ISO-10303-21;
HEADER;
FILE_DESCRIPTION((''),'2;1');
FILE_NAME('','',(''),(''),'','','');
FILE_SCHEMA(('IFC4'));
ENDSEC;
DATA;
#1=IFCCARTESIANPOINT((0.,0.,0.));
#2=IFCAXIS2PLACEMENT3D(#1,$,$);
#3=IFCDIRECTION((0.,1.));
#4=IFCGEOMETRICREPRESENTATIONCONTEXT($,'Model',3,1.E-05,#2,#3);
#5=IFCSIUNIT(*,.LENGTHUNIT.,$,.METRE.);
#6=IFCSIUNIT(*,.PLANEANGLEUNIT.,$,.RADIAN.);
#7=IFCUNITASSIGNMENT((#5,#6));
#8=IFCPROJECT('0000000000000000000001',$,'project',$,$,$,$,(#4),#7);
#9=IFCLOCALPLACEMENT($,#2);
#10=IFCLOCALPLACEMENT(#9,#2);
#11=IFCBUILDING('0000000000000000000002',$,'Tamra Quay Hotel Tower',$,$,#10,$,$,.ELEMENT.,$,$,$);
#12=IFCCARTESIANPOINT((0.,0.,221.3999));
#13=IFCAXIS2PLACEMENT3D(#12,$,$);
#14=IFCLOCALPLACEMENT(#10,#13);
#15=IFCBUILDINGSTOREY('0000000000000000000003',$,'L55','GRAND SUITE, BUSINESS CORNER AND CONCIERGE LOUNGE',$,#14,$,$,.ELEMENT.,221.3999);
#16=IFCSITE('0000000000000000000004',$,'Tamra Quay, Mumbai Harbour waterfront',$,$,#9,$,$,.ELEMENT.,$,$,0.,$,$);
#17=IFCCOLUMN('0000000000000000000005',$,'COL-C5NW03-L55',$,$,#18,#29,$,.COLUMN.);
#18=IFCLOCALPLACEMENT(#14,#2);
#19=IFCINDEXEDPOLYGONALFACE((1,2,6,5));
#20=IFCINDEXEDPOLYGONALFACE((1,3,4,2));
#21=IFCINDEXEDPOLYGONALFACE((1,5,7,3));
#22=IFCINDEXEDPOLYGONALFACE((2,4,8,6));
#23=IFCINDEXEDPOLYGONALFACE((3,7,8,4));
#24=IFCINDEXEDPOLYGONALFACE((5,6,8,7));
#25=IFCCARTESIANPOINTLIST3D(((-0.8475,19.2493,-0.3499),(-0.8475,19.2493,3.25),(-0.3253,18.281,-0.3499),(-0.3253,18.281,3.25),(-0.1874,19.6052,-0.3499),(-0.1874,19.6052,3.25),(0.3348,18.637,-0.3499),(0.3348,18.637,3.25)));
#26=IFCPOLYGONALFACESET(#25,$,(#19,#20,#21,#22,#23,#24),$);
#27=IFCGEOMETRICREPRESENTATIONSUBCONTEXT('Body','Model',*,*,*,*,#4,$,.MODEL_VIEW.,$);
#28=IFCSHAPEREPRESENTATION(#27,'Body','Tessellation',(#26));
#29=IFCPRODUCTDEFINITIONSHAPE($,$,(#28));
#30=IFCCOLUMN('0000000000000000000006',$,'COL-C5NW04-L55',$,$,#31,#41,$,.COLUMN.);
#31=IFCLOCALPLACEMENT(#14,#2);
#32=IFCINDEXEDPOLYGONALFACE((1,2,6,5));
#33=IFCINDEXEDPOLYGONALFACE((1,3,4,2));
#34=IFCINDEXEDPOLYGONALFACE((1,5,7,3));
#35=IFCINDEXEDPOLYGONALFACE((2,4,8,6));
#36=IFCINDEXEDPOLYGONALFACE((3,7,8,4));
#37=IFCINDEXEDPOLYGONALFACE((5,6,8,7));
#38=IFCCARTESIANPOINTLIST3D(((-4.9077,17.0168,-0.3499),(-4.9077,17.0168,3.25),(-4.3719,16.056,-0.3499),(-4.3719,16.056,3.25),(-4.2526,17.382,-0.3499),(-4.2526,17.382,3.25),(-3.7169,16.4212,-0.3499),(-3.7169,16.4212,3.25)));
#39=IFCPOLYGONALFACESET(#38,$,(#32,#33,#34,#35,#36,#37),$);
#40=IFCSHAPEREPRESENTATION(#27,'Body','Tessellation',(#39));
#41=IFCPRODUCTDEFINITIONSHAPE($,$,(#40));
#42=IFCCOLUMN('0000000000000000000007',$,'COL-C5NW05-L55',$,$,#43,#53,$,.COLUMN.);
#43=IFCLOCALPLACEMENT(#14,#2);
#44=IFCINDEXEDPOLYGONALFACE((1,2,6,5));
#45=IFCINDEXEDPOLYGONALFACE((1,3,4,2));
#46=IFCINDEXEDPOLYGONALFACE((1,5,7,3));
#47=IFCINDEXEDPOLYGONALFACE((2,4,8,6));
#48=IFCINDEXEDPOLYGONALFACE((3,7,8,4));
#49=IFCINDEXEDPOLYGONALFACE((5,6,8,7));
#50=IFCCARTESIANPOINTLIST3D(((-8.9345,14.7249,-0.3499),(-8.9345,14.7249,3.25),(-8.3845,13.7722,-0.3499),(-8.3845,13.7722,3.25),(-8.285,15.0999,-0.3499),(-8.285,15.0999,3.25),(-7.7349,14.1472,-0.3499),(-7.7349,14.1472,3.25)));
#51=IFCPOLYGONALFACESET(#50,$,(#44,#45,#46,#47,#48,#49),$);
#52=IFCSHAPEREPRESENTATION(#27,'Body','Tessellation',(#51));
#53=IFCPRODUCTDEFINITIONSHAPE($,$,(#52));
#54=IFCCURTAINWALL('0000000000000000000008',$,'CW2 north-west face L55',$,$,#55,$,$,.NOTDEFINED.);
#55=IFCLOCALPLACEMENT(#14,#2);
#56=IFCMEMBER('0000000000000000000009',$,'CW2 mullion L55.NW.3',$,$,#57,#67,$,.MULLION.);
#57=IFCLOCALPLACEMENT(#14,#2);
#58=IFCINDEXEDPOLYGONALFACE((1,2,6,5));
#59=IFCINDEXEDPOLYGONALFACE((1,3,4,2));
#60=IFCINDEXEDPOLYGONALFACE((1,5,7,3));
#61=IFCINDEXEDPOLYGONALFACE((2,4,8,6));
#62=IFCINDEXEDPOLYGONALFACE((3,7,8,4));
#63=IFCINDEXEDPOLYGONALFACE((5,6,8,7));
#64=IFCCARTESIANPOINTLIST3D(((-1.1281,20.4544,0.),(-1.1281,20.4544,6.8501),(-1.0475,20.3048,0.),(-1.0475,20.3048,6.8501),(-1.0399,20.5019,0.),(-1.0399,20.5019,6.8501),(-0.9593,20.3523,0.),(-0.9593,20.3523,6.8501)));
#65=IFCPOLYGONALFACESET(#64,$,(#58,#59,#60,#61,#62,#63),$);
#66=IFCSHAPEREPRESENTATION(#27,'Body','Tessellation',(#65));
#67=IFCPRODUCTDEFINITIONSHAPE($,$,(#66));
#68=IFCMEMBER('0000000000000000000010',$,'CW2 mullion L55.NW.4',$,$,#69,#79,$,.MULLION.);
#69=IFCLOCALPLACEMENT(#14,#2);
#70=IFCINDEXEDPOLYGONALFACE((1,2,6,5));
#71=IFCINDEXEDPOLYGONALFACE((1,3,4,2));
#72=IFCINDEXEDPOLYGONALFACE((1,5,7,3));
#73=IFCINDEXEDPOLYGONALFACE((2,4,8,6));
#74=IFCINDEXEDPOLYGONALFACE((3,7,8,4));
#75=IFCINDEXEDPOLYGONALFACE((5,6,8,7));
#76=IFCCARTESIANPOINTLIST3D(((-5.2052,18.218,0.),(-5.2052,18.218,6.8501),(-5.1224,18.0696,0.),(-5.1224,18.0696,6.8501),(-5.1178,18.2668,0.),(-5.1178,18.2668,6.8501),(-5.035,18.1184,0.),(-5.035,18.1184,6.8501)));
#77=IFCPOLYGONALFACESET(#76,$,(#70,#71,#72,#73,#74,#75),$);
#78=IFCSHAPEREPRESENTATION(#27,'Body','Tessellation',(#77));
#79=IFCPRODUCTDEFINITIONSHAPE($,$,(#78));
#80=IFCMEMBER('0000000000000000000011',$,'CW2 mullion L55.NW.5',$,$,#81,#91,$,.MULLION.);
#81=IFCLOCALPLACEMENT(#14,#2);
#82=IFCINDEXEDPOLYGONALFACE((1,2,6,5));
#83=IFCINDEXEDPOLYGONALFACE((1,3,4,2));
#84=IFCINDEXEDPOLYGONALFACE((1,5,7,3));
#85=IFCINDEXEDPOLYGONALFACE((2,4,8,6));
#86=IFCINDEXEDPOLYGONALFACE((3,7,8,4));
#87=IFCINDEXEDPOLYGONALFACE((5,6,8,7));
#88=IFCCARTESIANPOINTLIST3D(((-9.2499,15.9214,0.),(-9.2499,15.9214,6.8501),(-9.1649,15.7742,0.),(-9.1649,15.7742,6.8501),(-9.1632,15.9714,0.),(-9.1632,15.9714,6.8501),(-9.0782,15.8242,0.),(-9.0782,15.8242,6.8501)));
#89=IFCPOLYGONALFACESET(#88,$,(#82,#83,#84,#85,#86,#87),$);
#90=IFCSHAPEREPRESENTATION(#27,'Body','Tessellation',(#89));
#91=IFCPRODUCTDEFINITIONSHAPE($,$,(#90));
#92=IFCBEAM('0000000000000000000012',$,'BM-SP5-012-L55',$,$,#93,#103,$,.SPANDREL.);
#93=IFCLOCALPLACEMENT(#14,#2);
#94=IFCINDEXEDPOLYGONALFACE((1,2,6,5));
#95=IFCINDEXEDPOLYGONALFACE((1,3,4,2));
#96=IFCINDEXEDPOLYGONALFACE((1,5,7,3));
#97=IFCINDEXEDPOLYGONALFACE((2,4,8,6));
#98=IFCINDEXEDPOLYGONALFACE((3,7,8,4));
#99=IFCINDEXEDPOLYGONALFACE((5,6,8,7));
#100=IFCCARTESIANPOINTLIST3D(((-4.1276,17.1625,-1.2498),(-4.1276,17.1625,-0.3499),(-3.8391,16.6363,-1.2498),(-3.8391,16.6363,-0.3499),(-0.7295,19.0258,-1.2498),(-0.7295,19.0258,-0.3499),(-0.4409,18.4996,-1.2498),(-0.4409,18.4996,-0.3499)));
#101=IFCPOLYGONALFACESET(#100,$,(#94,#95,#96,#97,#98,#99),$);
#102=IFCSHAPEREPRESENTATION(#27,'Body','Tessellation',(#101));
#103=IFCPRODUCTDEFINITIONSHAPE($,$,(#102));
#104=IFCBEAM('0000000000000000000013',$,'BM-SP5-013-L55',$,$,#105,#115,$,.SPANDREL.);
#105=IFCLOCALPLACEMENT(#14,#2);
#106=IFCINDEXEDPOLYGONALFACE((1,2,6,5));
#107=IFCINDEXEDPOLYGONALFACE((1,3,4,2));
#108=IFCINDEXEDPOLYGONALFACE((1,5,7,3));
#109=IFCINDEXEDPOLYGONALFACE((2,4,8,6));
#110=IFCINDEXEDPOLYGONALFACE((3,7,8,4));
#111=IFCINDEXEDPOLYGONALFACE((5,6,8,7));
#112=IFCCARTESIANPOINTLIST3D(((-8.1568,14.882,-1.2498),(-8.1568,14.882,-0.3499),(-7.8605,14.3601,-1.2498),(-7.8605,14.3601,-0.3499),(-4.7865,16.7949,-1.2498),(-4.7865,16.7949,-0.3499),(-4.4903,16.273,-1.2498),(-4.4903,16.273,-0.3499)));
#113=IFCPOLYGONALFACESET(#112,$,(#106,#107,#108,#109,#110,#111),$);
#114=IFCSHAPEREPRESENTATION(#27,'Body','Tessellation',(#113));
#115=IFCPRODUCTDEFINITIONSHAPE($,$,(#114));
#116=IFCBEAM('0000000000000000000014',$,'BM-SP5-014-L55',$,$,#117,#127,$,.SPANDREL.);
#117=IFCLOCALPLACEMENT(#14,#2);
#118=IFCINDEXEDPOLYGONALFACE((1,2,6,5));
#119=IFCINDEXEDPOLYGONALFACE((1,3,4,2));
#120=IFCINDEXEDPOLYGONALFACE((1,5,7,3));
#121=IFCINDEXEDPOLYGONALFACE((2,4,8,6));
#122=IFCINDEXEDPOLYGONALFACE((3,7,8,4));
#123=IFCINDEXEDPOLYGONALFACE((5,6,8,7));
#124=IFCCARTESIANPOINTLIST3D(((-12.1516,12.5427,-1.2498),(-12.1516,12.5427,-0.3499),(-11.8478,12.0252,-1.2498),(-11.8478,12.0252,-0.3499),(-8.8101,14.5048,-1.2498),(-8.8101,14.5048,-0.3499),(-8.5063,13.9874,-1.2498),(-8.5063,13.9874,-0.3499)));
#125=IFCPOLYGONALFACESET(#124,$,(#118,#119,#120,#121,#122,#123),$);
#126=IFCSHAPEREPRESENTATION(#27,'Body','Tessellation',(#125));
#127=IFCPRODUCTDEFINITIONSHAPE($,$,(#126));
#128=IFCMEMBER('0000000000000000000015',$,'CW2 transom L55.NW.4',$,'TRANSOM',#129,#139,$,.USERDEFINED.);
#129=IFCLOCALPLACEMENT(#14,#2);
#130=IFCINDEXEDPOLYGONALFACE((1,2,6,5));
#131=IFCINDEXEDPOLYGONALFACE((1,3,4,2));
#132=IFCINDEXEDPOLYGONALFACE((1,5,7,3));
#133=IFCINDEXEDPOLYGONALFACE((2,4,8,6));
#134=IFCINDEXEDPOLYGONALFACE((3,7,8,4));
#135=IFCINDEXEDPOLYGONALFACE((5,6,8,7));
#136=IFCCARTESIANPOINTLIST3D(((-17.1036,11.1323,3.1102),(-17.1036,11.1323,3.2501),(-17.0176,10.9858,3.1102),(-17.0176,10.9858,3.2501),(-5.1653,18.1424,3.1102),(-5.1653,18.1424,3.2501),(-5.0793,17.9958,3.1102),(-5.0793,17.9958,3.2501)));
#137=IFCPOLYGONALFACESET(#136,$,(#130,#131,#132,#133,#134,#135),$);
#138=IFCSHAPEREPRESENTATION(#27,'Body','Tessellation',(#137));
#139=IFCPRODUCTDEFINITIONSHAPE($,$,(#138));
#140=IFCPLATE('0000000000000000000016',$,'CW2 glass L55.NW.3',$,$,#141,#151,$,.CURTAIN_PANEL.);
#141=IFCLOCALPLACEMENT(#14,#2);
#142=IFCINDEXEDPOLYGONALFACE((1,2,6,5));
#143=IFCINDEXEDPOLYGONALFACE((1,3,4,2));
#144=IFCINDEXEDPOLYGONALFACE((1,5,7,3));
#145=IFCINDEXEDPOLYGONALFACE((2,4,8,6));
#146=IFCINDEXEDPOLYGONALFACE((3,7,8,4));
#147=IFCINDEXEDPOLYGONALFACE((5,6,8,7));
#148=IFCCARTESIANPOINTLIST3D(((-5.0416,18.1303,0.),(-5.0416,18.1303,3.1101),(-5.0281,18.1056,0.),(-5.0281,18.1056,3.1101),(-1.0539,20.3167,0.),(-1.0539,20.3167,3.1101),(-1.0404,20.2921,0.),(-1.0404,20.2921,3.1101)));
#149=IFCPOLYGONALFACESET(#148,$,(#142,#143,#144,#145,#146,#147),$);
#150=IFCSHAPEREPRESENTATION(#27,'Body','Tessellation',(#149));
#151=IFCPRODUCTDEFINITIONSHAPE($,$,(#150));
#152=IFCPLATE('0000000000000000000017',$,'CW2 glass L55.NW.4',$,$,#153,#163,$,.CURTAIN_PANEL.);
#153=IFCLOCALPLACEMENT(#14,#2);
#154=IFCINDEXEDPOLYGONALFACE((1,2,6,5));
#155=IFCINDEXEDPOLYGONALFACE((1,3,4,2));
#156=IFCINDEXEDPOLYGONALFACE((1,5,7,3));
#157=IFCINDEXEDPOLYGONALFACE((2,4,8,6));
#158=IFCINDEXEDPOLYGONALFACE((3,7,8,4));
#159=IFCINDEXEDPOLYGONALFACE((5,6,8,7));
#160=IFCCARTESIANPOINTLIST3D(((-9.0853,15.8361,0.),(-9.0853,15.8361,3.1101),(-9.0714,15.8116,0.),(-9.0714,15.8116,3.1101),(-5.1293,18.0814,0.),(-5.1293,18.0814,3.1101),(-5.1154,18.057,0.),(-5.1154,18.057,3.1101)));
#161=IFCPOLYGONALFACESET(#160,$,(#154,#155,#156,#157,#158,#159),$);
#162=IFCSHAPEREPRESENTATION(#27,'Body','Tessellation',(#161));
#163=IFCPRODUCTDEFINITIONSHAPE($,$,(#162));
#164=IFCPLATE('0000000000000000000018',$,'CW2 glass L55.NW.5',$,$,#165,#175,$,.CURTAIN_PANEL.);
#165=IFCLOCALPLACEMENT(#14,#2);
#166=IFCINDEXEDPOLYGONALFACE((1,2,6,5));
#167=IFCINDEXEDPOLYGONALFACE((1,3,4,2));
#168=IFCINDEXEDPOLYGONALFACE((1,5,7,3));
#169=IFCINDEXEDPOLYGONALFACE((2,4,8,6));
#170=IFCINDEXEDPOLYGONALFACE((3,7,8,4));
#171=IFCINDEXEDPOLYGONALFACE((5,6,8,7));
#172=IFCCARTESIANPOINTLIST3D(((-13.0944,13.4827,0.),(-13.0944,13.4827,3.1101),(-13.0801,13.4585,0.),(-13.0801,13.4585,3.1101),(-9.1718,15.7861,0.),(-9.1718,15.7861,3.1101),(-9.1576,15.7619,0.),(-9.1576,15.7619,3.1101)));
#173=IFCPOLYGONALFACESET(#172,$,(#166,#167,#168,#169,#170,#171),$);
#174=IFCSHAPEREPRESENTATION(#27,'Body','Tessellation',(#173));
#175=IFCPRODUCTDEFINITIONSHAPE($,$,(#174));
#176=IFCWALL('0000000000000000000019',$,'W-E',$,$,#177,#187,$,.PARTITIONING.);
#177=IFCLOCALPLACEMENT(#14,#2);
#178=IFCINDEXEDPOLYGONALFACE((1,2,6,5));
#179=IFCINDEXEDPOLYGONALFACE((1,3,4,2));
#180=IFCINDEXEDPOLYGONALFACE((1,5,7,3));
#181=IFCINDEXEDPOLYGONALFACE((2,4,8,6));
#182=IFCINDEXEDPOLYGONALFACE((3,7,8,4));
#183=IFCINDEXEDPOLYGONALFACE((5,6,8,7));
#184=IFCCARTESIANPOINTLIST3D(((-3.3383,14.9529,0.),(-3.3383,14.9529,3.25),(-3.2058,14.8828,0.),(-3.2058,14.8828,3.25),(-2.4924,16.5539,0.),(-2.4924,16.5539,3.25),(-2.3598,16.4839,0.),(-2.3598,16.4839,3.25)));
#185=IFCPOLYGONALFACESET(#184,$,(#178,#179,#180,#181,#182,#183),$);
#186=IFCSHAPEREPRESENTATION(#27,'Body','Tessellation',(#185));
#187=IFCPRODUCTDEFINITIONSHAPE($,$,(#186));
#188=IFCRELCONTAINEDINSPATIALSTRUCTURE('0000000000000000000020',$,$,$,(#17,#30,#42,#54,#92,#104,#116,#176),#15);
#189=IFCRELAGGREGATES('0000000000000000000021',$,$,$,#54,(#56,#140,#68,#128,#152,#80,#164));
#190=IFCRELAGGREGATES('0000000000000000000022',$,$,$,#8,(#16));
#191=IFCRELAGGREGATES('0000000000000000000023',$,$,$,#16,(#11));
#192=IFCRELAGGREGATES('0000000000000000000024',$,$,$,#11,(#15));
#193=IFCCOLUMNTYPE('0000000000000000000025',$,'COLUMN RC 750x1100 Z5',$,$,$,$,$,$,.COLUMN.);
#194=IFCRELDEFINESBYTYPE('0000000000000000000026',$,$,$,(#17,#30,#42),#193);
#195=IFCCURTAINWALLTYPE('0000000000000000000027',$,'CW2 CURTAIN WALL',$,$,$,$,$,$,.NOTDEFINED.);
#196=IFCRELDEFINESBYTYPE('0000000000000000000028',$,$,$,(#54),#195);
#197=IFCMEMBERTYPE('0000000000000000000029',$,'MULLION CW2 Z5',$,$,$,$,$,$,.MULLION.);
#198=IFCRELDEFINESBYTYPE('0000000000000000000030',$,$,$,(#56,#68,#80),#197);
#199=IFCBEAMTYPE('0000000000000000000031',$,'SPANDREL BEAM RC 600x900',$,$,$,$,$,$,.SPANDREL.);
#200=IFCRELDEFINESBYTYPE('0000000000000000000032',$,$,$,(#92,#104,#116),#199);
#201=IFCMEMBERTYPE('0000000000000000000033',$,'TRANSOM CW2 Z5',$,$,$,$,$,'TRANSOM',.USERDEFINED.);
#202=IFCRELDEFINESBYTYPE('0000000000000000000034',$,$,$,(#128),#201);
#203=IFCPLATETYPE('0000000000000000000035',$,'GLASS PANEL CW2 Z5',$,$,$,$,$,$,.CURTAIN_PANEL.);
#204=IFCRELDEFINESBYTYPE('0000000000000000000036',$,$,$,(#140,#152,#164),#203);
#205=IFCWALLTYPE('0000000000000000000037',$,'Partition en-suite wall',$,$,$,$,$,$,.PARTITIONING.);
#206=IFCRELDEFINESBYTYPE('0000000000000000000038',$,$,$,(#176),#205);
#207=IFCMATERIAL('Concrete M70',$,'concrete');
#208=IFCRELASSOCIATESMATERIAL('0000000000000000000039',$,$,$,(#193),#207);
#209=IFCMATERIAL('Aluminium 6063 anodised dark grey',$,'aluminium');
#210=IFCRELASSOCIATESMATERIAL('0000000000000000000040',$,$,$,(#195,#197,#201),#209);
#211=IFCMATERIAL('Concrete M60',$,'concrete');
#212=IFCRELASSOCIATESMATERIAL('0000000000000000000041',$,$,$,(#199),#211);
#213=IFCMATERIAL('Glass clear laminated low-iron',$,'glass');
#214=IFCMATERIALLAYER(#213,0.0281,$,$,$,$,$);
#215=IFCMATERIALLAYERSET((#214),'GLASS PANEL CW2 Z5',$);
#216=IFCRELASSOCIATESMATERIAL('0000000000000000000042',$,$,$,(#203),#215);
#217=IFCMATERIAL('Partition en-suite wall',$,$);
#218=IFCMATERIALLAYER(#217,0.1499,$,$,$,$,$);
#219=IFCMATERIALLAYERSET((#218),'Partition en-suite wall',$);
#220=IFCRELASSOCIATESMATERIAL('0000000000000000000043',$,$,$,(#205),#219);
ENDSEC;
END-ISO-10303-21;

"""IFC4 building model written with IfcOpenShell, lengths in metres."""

from ifc_helpers import new_model, si_unit, direction, frame, frame_2d, origin, origin_2d, place, context, subcontext, project, spatial, rectangle, extrude, material, layer, layer_set, material_profile, profile_set, type_object, element, aggregate, save


model = new_model("IFC4")

# Units and contexts
model_context = context("Model", 3, precision=1e-05, world=origin(), true_north=direction((0.0, 1.0)))
body_context = subcontext(model_context, "Body", "Model", "MODEL_VIEW")
ifc_project = project(units=[si_unit("LENGTHUNIT", "METRE"), si_unit("PLANEANGLEUNIT", "RADIAN")], contexts=[model_context])

# Site, building, storey
site_placement = place(None, origin())
site = spatial("IfcSite", under=ifc_project, at=site_placement, Name="Tamra Quay, Mumbai Harbour waterfront", CompositionType="ELEMENT", RefElevation=0.0)
building_placement = place(site_placement, origin())
building = spatial("IfcBuilding", under=site, at=building_placement, Name="Tamra Quay Hotel Tower", CompositionType="ELEMENT")
storey_placement = place(building_placement, frame((0.0, 0.0, 221.3999)))
storey = spatial("IfcBuildingStorey", under=building, at=storey_placement, Name="L55", Description="GRAND SUITE, BUSINESS CORNER AND CONCIERGE LOUNGE", CompositionType="ELEMENT", Elevation=221.3999)

# Columns
ifc_material_1 = material(Name="Concrete M70", Category="concrete")
ifc_material_profile_1 = material_profile(ifc_material_1, rectangle(XDim=1.1001, YDim=0.75, at=origin_2d()), Name="COLUMN RC 750x1100 Z5")
ifc_profile_set_1 = profile_set([ifc_material_profile_1], Name="Concrete M70")
column_type = type_object("IfcColumnType", Name="COLUMN RC 750x1100 Z5", PredefinedType="COLUMN", material=ifc_profile_set_1)
for number, where, z_axis, x_axis, name in (
    (1, (-0.2563, 18.9431, -0.3499), (0.0, 0.0, 1.0), (-0.474651, 0.880174, 0.0), "COL-C5NW03-L55"),
    (2, (-4.3123, 16.719, -0.3499), (0.0, 0.0, 1.0), (-0.486989, 0.873408, 0.0), "COL-C5NW04-L55"),
    (3, (-8.3347, 14.436, -0.3499), (0.0, 0.0, 1.0), (-0.5, 0.866025, 0.0), "COL-C5NW05-L55"),
):
    element("IfcColumn", number, at=place(storey_placement, frame(where, z_axis=z_axis, x_axis=x_axis)), inside=storey, type_object=column_type, Name=name, PredefinedType="COLUMN", context=body_context, shape_type="SweptSolid", body=[
        extrude(rectangle(XDim=1.1001, YDim=0.75, at=origin_2d()), origin(), (0.0, 0.0, 1.0), 3.5999),
    ])

# Curtain wall, members
ifc_material_2 = material(Name="Aluminium 6063 anodised dark grey", Category="aluminium")
curtain_wall_type = type_object("IfcCurtainWallType", Name="CW2 CURTAIN WALL", PredefinedType="NOTDEFINED", material=ifc_material_2)
curtain_wall_placement = place(storey_placement, origin())
curtain_wall = element("IfcCurtainWall", 4, at=curtain_wall_placement, inside=storey, type_object=curtain_wall_type, Name="CW2 north-west face L55", PredefinedType="NOTDEFINED")
ifc_material_profile_2 = material_profile(ifc_material_2, rectangle(XDim=0.1699, YDim=0.1001, at=origin_2d()), Name="MULLION 100X170")
ifc_profile_set_2 = profile_set([ifc_material_profile_2], Name="Aluminium 6063 anodised dark grey")
member_type_1 = type_object("IfcMemberType", Name="MULLION CW2 Z5", PredefinedType="MULLION", material=ifc_profile_set_2)
member_1_placement = place(storey_placement, frame((-1.0437, 20.4033, 0.0), z_axis=(0.0, 0.0, 1.0), x_axis=(-0.474319, 0.880353, 0.0)))
member_1 = element("IfcMember", 5, at=member_1_placement, type_object=member_type_1, Name="CW2 mullion L55.NW.3", PredefinedType="MULLION", context=body_context, shape_type="SweptSolid", body=[
    extrude(rectangle(XDim=0.1699, YDim=0.1001, at=origin_2d()), origin(), (0.0, 0.0, 1.0), 6.8501),
])
member_2_placement = place(storey_placement, frame((-5.1201, 18.1682, 0.0), z_axis=(0.0, 0.0, 1.0), x_axis=(-0.487204, 0.873288, 0.0)))
member_2 = element("IfcMember", 6, at=member_2_placement, type_object=member_type_1, Name="CW2 mullion L55.NW.4", PredefinedType="MULLION", context=body_context, shape_type="SweptSolid", body=[
    extrude(rectangle(XDim=0.1699, YDim=0.1001, at=origin_2d()), origin(), (0.0, 0.0, 1.0), 6.8501),
])
member_3_placement = place(storey_placement, frame((-9.1641, 15.8728, 0.0), z_axis=(0.0, 0.0, 1.0), x_axis=(-0.5, 0.866025, 0.0)))
member_3 = element("IfcMember", 7, at=member_3_placement, type_object=member_type_1, Name="CW2 mullion L55.NW.5", PredefinedType="MULLION", context=body_context, shape_type="SweptSolid", body=[
    extrude(rectangle(XDim=0.1699, YDim=0.1001, at=origin_2d()), origin(), (0.0, 0.0, 1.0), 6.8501),
])

# Beams
ifc_material_3 = material(Name="Concrete M60", Category="concrete")
ifc_material_profile_3 = material_profile(ifc_material_3, rectangle(XDim=0.6001, YDim=0.8999, at=origin_2d()), Name="SPANDREL BEAM RC 600x900")
ifc_profile_set_3 = profile_set([ifc_material_profile_3], Name="Concrete M60")
beam_type = type_object("IfcBeamType", Name="SPANDREL BEAM RC 600x900", PredefinedType="SPANDREL", material=ifc_profile_set_3)
beam_1_placement = place(storey_placement, frame((-0.5852, 18.7627, -0.7998), z_axis=(-0.876839, -0.480784, 0.0), x_axis=(0.480784, -0.876839, 0.0)))
element("IfcBeam", 8, at=beam_1_placement, inside=storey, type_object=beam_type, Name="BM-SP5-012-L55", PredefinedType="SPANDREL", context=body_context, shape_type="SweptSolid", body=[
    extrude(rectangle(XDim=0.6001, YDim=0.8999, at=origin_2d()), origin(), (0.0, 0.0, 1.0), 3.8755),
])
beam_2_placement = place(storey_placement, frame((-4.6384, 16.5339, -0.7998), z_axis=(-0.869678, -0.49362, 0.0), x_axis=(0.49362, -0.869678, 0.0)))
element("IfcBeam", 9, at=beam_2_placement, inside=storey, type_object=beam_type, Name="BM-SP5-013-L55", PredefinedType="SPANDREL", context=body_context, shape_type="SweptSolid", body=[
    extrude(rectangle(XDim=0.6001, YDim=0.8999, at=origin_2d()), origin(), (0.0, 0.0, 1.0), 3.8752),
])
beam_3_placement = place(storey_placement, frame((-8.6582, 14.2461, -0.7998), z_axis=(-0.862324, -0.506356, 0.0), x_axis=(0.506356, -0.862324, 0.0)))
element("IfcBeam", 10, at=beam_3_placement, inside=storey, type_object=beam_type, Name="BM-SP5-014-L55", PredefinedType="SPANDREL", context=body_context, shape_type="SweptSolid", body=[
    extrude(rectangle(XDim=0.6001, YDim=0.8999, at=origin_2d()), origin(), (0.0, 0.0, 1.0), 3.875),
])

# Member
ifc_material_profile_4 = material_profile(ifc_material_2, rectangle(XDim=0.1699, YDim=0.1399, at=origin_2d()), Name="TRANSOM 170X140")
ifc_profile_set_4 = profile_set([ifc_material_profile_4], Name="Aluminium 6063 anodised dark grey")
member_type_2 = type_object("IfcMemberType", Name="TRANSOM CW2 Z5", ElementType="TRANSOM", PredefinedType="USERDEFINED", material=ifc_profile_set_4)
member_4_placement = place(storey_placement, frame((-5.1223, 18.0691, 3.1802), z_axis=(-0.862328, -0.50635, 0.0), x_axis=(0.50635, -0.862328, 0.0)))
member_4 = element("IfcMember", 11, at=member_4_placement, type_object=member_type_2, Name="CW2 transom L55.NW.4", ObjectType="TRANSOM", PredefinedType="USERDEFINED", context=body_context, shape_type="SweptSolid", body=[
    extrude(rectangle(XDim=0.1699, YDim=0.1399, at=origin_2d()), origin(), (0.0, 0.0, 1.0), 13.8442),
])

# Plates
ifc_material_4 = material(Name="Glass clear laminated low-iron", Category="glass")
ifc_layer_1 = layer(ifc_material_4, 0.0281)
ifc_layer_set_1 = layer_set([ifc_layer_1], Name="GLASS PANEL CW2 Z5")
plate_type = type_object("IfcPlateType", Name="GLASS PANEL CW2 Z5", PredefinedType="CURTAIN_PANEL", material=ifc_layer_set_1)
plate_1_placement = place(storey_placement, frame((-3.041, 19.2112, 0.0), z_axis=(0.0, 0.0, 1.0), x_axis=(-0.876846, -0.480771, 0.0)))
plate_1 = element("IfcPlate", 12, at=plate_1_placement, type_object=plate_type, Name="CW2 glass L55.NW.3", PredefinedType="CURTAIN_PANEL", context=body_context, shape_type="SweptSolid", body=[
    extrude(rectangle(XDim=4.5479, YDim=0.0281, at=origin_2d()), origin(), (0.0, 0.0, 1.0), 3.1101),
])
plate_2_placement = place(storey_placement, frame((-7.1003, 16.9465, 0.0), z_axis=(0.0, 0.0, 1.0), x_axis=(-0.869683, -0.493611, 0.0)))
plate_2 = element("IfcPlate", 13, at=plate_2_placement, type_object=plate_type, Name="CW2 glass L55.NW.4", PredefinedType="CURTAIN_PANEL", context=body_context, shape_type="SweptSolid", body=[
    extrude(rectangle(XDim=4.5488, YDim=0.0281, at=origin_2d()), origin(), (0.0, 0.0, 1.0), 3.1101),
])
plate_3_placement = place(storey_placement, frame((-11.126, 14.6223, 0.0), z_axis=(0.0, 0.0, 1.0), x_axis=(-0.862321, -0.506362, 0.0)))
plate_3 = element("IfcPlate", 14, at=plate_3_placement, type_object=plate_type, Name="CW2 glass L55.NW.5", PredefinedType="CURTAIN_PANEL", context=body_context, shape_type="SweptSolid", body=[
    extrude(rectangle(XDim=4.5488, YDim=0.0281, at=origin_2d()), origin(), (0.0, 0.0, 1.0), 3.1101),
])
aggregate(curtain_wall, [member_1, plate_1, member_2, member_4, plate_2, member_3, plate_3])

# Wall
ifc_material_5 = material(Name="Partition en-suite wall")
ifc_layer_2 = layer(ifc_material_5, 0.1499)
ifc_layer_set_2 = layer_set([ifc_layer_2], Name="Partition en-suite wall")
wall_type_1 = type_object("IfcWallType", Name="Partition en-suite wall", PredefinedType="PARTITIONING", material=ifc_layer_set_2)
wall_1_placement = place(storey_placement, frame((-3.272, 14.918, 0.0), z_axis=(0.0, 0.0, 1.0), x_axis=(0.467163, 0.884171, 0.0)))
element("IfcWall", 15, at=wall_1_placement, inside=storey, type_object=wall_type_1, Name="W-E", PredefinedType="PARTITIONING", context=body_context, shape_type="SweptSolid", body=[
    extrude(rectangle(XDim=1.8108, YDim=0.1499, at=frame_2d((0.9053, 0.0))), origin(), (0.0, 0.0, 1.0), 3.25),
])

save(model, "model.ifc")
